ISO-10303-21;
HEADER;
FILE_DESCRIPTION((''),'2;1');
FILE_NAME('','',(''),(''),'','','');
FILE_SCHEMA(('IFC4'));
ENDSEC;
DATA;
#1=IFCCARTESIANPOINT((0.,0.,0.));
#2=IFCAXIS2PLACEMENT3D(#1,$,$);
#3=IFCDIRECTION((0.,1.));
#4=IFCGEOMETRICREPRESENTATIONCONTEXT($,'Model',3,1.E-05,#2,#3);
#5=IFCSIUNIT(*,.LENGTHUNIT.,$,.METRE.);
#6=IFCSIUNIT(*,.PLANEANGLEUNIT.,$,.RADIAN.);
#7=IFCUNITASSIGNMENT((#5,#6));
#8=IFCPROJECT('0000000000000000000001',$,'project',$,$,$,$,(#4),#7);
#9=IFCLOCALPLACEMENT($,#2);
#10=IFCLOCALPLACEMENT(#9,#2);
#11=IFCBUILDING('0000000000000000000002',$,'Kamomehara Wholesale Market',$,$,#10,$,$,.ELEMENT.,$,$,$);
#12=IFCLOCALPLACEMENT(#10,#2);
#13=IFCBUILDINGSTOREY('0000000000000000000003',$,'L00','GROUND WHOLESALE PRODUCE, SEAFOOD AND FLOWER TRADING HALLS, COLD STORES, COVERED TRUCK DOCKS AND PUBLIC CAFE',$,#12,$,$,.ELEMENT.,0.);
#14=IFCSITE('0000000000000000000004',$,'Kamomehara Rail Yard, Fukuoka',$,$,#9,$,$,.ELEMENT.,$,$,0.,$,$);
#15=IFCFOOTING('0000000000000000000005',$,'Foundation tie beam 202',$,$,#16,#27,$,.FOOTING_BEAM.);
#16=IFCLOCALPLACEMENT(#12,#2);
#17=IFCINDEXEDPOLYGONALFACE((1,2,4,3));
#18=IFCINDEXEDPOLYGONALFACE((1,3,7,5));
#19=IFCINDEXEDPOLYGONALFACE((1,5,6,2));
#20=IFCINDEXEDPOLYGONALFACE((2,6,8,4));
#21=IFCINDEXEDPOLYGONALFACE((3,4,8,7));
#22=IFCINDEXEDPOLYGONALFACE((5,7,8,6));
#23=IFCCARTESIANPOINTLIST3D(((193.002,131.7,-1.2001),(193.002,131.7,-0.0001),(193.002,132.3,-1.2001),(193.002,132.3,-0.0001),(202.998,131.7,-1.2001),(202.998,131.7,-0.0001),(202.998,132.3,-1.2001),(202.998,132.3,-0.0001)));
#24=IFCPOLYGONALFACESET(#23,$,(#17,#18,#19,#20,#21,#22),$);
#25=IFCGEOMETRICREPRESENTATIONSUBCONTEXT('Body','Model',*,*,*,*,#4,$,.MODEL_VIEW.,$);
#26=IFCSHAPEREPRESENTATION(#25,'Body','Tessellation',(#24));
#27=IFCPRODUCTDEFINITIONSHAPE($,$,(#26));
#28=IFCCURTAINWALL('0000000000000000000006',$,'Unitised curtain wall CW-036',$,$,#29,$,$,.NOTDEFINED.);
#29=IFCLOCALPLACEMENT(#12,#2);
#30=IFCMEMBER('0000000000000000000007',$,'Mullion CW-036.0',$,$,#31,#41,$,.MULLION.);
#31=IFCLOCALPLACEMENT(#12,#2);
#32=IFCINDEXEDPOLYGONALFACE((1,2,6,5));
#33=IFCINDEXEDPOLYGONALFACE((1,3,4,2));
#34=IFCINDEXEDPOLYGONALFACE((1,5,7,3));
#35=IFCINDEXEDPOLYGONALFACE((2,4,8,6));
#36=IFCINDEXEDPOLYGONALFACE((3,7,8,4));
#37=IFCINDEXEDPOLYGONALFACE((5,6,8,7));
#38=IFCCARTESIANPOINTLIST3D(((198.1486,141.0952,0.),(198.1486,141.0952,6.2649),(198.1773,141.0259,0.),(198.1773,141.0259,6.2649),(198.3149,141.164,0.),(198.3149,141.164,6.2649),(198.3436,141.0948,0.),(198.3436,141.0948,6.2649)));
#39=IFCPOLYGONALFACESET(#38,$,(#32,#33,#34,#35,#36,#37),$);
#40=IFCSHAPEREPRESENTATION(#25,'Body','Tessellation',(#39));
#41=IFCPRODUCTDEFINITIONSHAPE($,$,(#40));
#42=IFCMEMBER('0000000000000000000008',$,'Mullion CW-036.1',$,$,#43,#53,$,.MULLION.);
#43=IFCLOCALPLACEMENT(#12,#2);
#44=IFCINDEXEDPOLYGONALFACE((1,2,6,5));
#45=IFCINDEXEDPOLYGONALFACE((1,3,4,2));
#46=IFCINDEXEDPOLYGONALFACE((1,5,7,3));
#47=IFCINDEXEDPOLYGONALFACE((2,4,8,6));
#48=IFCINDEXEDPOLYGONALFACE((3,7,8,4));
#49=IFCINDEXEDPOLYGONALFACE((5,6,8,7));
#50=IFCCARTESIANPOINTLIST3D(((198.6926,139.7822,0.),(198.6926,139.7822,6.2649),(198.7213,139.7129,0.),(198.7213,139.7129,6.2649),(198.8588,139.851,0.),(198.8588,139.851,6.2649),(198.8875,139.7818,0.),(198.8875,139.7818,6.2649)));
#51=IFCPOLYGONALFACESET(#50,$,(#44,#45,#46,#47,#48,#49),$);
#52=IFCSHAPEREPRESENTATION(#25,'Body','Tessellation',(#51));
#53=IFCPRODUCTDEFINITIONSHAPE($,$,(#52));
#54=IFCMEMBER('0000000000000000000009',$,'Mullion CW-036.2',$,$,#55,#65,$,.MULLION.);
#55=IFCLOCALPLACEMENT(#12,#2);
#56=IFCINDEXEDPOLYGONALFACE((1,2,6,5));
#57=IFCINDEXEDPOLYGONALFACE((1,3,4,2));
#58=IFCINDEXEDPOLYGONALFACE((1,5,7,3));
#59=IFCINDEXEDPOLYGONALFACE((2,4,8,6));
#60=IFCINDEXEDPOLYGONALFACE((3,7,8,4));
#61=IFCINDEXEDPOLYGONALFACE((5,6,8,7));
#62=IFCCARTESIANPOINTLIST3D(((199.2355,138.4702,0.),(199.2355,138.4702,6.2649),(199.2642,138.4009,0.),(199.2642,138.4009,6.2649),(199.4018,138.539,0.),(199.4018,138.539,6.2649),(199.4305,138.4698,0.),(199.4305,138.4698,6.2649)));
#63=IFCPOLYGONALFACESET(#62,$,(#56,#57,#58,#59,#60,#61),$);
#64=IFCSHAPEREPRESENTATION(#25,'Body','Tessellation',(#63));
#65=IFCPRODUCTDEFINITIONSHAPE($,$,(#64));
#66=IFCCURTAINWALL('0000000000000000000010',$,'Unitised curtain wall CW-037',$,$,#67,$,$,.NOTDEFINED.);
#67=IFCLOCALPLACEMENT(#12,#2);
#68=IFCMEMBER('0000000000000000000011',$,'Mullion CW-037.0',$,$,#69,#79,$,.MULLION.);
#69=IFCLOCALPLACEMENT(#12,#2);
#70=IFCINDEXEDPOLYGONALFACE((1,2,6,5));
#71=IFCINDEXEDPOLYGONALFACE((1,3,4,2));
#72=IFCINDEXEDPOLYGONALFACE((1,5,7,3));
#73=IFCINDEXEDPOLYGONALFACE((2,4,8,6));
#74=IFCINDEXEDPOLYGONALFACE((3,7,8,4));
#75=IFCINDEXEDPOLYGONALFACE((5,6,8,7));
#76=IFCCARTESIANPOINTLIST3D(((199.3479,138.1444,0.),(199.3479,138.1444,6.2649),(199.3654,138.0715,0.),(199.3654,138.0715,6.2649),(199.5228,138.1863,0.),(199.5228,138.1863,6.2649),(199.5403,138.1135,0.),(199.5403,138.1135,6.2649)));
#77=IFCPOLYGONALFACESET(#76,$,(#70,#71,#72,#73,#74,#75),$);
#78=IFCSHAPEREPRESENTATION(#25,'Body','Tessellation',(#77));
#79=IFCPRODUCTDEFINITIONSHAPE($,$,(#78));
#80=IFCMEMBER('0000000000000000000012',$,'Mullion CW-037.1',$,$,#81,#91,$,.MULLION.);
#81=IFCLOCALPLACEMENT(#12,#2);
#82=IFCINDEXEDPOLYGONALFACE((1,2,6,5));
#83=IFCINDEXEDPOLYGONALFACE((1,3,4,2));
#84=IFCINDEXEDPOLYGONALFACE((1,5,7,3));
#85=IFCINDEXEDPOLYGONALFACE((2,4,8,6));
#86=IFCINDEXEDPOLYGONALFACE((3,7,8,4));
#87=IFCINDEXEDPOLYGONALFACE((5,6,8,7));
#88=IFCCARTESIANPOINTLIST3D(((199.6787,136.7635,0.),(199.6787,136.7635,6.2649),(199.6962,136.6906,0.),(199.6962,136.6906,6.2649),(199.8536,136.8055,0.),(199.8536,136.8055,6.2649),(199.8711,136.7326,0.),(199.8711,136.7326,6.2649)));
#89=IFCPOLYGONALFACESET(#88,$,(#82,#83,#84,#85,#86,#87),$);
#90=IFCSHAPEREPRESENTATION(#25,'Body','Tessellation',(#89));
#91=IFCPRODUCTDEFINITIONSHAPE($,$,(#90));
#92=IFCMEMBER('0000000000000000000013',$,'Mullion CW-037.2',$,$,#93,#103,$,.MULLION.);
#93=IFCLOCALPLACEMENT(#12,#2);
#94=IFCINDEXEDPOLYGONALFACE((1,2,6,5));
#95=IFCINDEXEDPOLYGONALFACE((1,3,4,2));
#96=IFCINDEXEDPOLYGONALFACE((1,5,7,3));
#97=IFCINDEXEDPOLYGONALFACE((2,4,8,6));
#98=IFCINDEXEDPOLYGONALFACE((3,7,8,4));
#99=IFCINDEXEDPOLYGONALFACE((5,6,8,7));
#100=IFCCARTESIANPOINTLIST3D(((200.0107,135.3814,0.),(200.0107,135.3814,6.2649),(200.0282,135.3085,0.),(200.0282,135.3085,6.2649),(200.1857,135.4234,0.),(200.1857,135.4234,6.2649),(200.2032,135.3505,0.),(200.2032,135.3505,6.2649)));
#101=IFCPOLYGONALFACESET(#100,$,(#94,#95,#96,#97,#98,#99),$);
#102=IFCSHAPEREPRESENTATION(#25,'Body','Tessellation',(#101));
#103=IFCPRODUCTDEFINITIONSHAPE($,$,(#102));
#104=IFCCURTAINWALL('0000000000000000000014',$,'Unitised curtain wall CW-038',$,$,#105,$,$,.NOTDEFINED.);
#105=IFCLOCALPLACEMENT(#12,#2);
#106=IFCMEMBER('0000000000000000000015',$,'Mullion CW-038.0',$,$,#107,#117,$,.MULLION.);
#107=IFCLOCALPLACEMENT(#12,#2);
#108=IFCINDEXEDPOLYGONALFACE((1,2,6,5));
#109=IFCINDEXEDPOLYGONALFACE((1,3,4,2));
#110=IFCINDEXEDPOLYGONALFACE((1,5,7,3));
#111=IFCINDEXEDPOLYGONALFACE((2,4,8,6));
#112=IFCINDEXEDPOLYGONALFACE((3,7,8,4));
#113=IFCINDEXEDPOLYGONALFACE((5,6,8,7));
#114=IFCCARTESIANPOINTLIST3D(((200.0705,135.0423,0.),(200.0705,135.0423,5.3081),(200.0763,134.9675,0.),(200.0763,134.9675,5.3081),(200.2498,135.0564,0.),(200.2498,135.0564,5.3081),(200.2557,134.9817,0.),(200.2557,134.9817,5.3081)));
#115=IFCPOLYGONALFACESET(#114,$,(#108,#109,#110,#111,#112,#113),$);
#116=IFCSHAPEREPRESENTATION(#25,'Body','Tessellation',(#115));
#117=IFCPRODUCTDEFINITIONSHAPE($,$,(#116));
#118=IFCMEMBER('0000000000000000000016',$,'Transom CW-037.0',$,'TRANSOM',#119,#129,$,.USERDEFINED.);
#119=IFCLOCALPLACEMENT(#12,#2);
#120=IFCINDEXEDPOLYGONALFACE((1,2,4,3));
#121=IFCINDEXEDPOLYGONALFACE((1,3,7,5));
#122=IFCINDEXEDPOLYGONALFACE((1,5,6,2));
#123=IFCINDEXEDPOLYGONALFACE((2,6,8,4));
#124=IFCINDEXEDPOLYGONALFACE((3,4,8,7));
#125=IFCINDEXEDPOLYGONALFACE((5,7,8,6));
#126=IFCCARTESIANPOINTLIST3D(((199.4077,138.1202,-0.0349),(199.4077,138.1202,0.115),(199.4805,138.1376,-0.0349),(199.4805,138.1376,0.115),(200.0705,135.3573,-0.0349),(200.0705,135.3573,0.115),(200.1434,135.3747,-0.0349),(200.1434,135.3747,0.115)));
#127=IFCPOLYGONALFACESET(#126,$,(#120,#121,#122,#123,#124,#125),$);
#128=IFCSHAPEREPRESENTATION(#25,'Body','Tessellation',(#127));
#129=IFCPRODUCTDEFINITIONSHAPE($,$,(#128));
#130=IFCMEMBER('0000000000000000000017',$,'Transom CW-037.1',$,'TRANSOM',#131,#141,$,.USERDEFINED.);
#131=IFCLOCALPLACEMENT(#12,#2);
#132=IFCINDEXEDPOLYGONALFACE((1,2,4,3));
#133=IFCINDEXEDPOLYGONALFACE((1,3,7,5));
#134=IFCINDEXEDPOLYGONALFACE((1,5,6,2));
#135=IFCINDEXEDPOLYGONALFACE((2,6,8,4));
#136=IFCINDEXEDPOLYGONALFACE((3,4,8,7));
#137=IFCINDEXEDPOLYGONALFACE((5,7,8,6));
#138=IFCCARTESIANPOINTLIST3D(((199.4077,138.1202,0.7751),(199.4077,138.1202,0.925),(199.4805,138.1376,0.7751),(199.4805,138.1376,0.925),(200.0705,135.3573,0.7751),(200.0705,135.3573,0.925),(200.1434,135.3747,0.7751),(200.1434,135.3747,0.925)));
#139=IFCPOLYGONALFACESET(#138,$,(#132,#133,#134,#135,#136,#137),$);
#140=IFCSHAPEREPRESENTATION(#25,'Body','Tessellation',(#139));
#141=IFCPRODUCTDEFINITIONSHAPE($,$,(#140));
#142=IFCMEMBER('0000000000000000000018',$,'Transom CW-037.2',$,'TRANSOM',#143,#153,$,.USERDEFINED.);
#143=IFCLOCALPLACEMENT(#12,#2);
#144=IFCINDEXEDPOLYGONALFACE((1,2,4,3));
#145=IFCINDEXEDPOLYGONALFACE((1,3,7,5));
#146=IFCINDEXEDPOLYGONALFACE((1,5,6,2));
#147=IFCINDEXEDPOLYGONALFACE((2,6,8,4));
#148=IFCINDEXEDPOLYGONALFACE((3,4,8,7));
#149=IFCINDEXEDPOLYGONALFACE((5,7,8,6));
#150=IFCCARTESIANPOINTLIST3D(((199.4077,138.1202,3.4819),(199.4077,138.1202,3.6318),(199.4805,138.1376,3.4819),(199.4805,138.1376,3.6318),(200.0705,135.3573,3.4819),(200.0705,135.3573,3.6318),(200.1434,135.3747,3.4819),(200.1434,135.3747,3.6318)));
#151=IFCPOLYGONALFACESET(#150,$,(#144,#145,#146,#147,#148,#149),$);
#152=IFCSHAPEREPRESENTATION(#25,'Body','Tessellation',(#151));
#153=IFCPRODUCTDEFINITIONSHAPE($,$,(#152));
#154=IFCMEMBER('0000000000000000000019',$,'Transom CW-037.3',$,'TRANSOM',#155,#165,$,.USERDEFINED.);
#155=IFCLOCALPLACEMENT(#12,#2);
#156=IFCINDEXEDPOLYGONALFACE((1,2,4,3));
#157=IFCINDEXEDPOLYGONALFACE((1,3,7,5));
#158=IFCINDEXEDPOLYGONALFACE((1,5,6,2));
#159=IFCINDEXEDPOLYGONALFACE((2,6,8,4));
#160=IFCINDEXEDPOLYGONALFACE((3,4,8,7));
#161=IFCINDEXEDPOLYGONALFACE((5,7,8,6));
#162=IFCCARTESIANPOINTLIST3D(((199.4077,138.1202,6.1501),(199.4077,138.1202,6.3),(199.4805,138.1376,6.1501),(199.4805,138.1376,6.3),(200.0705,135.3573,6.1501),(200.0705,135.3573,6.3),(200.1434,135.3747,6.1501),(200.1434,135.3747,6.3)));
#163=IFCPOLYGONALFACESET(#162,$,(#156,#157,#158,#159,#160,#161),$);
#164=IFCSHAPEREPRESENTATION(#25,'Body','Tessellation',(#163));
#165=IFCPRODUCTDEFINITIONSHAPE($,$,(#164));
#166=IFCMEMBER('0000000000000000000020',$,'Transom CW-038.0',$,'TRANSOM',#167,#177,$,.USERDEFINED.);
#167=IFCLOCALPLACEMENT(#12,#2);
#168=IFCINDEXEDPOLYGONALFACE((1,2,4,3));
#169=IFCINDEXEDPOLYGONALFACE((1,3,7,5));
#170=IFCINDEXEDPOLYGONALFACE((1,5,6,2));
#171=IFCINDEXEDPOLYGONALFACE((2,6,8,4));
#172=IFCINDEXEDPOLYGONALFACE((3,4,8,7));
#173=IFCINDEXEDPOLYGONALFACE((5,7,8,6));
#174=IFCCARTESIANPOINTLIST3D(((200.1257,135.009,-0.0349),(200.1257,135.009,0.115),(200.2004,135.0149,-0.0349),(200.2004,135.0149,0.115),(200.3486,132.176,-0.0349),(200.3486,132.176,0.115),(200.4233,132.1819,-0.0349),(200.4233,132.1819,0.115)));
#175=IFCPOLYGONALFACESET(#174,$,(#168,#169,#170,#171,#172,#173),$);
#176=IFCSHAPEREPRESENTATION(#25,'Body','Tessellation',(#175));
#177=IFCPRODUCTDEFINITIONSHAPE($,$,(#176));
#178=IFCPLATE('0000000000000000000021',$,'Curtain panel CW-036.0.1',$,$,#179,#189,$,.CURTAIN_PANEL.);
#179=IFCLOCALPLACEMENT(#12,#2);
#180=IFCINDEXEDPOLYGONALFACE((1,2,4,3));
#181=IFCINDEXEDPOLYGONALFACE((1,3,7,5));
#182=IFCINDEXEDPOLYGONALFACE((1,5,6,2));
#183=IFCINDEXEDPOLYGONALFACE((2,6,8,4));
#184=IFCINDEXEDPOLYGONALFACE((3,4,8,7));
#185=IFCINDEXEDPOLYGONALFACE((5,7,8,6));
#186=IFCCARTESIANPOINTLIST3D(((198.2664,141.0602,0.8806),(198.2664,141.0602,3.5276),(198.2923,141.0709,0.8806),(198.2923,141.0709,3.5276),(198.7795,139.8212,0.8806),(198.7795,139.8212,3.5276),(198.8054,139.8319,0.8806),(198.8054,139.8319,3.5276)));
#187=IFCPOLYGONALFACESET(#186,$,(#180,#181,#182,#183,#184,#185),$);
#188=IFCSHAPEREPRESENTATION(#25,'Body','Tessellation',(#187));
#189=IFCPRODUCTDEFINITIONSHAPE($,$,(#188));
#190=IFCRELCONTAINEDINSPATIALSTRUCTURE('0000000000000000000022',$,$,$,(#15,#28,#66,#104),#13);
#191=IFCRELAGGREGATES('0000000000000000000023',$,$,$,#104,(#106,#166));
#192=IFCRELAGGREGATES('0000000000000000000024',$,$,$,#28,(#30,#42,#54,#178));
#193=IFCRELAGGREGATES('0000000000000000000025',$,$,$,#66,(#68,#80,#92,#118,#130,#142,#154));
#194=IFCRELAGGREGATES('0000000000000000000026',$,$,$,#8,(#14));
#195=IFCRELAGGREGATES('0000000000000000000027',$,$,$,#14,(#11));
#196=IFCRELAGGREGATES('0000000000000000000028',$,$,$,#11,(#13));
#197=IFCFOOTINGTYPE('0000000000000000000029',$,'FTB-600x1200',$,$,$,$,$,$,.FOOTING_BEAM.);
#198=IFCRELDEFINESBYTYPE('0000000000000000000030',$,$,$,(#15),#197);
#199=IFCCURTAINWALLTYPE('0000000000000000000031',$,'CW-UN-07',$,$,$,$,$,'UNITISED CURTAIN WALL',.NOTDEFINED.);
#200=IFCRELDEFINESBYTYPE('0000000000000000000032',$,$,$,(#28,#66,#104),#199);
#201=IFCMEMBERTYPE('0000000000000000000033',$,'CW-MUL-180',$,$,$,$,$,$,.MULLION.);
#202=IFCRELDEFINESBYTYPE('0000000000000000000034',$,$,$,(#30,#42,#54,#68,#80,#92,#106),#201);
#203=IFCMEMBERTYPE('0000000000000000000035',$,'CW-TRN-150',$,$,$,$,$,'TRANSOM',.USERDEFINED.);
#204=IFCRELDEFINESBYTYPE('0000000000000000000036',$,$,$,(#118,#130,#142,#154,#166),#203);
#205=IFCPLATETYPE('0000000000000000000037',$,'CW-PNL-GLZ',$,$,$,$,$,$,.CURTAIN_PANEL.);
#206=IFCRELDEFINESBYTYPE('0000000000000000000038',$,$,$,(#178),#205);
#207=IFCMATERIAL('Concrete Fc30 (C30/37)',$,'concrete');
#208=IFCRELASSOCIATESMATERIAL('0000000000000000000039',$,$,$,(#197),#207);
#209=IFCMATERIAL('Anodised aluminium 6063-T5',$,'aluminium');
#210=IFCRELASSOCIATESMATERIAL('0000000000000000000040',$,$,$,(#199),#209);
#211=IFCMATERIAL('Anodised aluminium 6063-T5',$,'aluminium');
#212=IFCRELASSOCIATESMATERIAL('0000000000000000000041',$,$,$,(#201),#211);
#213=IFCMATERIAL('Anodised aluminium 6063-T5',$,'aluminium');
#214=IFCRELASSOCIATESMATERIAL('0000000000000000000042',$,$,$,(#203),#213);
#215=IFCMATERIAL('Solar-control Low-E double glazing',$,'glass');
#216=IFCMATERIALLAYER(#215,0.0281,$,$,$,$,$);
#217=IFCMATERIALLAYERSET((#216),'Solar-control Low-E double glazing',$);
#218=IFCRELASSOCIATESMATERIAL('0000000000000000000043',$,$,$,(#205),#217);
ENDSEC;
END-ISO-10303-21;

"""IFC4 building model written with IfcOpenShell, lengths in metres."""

from ifc_helpers import new_model, si_unit, direction, frame, origin, origin_2d, place, context, subcontext, project, spatial, rectangle, extrude, material, layer, layer_set, material_profile, profile_set, type_object, element, aggregate, save


model = new_model("IFC4")

# Units and contexts
model_context = context("Model", 3, precision=1e-05, world=origin(), true_north=direction((0.0, 1.0)))
body_context = subcontext(model_context, "Body", "Model", "MODEL_VIEW")
ifc_project = project(units=[si_unit("LENGTHUNIT", "METRE"), si_unit("PLANEANGLEUNIT", "RADIAN")], contexts=[model_context])

# Site, building, storey
site_placement = place(None, origin())
site = spatial("IfcSite", under=ifc_project, at=site_placement, Name="Kamomehara Rail Yard, Fukuoka", CompositionType="ELEMENT", RefElevation=0.0)
building_placement = place(site_placement, origin())
building = spatial("IfcBuilding", under=site, at=building_placement, Name="Kamomehara Wholesale Market", CompositionType="ELEMENT")
storey_placement = place(building_placement, origin())
storey = spatial("IfcBuildingStorey", under=building, at=storey_placement, Name="L00", Description="GROUND WHOLESALE PRODUCE, SEAFOOD AND FLOWER TRADING HALLS, COLD STORES, COVERED TRUCK DOCKS AND PUBLIC CAFE", CompositionType="ELEMENT", Elevation=0.0)

# Footing
ifc_material_1 = material(Name="Concrete Fc30 (C30/37)", Category="concrete")
ifc_material_profile_1 = material_profile(ifc_material_1, rectangle(XDim=0.6001, YDim=1.2, at=origin_2d()), Name="RC-FTB-600x1200")
ifc_profile_set_1 = profile_set([ifc_material_profile_1], Name="Concrete Fc30 (C30/37)")
footing_type = type_object("IfcFootingType", Name="FTB-600x1200", PredefinedType="FOOTING_BEAM", material=ifc_profile_set_1)
footing_placement = place(storey_placement, frame((193.002, 132.0, -0.6001), z_axis=(1.0, 0.0, 0.0), x_axis=(0.0, 1.0, 0.0)))
element("IfcFooting", 1, at=footing_placement, inside=storey, type_object=footing_type, Name="Foundation tie beam 202", PredefinedType="FOOTING_BEAM", context=body_context, shape_type="SweptSolid", body=[
    extrude(rectangle(XDim=0.6001, YDim=1.2, at=origin_2d()), origin(), (0.0, 0.0, 1.0), 9.9961),
])

# Curtain walls, members
ifc_material_2 = material(Name="Anodised aluminium 6063-T5", Category="aluminium")
curtain_wall_type = type_object("IfcCurtainWallType", Name="CW-UN-07", ElementType="UNITISED CURTAIN WALL", PredefinedType="NOTDEFINED", material=ifc_material_2)
curtain_wall_1_placement = place(storey_placement, origin())
curtain_wall_1 = element("IfcCurtainWall", 2, at=curtain_wall_1_placement, inside=storey, type_object=curtain_wall_type, Name="Unitised curtain wall CW-036", PredefinedType="NOTDEFINED")
ifc_material_3 = material(Name="Anodised aluminium 6063-T5", Category="aluminium")
ifc_material_profile_2 = material_profile(ifc_material_3, rectangle(XDim=0.075, YDim=0.1799, at=origin_2d()), Name="ALU-MUL-75x180")
ifc_profile_set_2 = profile_set([ifc_material_profile_2], Name="Anodised aluminium 6063-T5")
member_type_1 = type_object("IfcMemberType", Name="CW-MUL-180", PredefinedType="MULLION", material=ifc_profile_set_2)
member_1_placement = place(storey_placement, frame((198.2461, 141.095, 0.0), z_axis=(0.0, 0.0, 1.0), x_axis=(0.38259, -0.923918, 0.0)))
member_1 = element("IfcMember", 3, at=member_1_placement, type_object=member_type_1, Name="Mullion CW-036.0", PredefinedType="MULLION", context=body_context, shape_type="SweptSolid", body=[
    extrude(rectangle(XDim=0.075, YDim=0.1799, at=origin_2d()), origin(), (0.0, 0.0, 1.0), 6.2649),
])
member_2_placement = place(storey_placement, frame((198.79, 139.782, 0.0), z_axis=(0.0, 0.0, 1.0), x_axis=(0.38259, -0.923918, 0.0)))
member_2 = element("IfcMember", 4, at=member_2_placement, type_object=member_type_1, Name="Mullion CW-036.1", PredefinedType="MULLION", context=body_context, shape_type="SweptSolid", body=[
    extrude(rectangle(XDim=0.075, YDim=0.1799, at=origin_2d()), origin(), (0.0, 0.0, 1.0), 6.2649),
])
member_3_placement = place(storey_placement, frame((199.333, 138.47, 0.0), z_axis=(0.0, 0.0, 1.0), x_axis=(0.38259, -0.923918, 0.0)))
member_3 = element("IfcMember", 5, at=member_3_placement, type_object=member_type_1, Name="Mullion CW-036.2", PredefinedType="MULLION", context=body_context, shape_type="SweptSolid", body=[
    extrude(rectangle(XDim=0.075, YDim=0.1799, at=origin_2d()), origin(), (0.0, 0.0, 1.0), 6.2649),
])
curtain_wall_2_placement = place(storey_placement, origin())
curtain_wall_2 = element("IfcCurtainWall", 6, at=curtain_wall_2_placement, inside=storey, type_object=curtain_wall_type, Name="Unitised curtain wall CW-037", PredefinedType="NOTDEFINED")
member_4_placement = place(storey_placement, frame((199.4441, 138.1289, 0.0), z_axis=(0.0, 0.0, 1.0), x_axis=(0.233333, -0.972397, 0.0)))
member_4 = element("IfcMember", 7, at=member_4_placement, type_object=member_type_1, Name="Mullion CW-037.0", PredefinedType="MULLION", context=body_context, shape_type="SweptSolid", body=[
    extrude(rectangle(XDim=0.075, YDim=0.1799, at=origin_2d()), origin(), (0.0, 0.0, 1.0), 6.2649),
])
member_5_placement = place(storey_placement, frame((199.7749, 136.748, 0.0), z_axis=(0.0, 0.0, 1.0), x_axis=(0.233333, -0.972397, 0.0)))
member_5 = element("IfcMember", 8, at=member_5_placement, type_object=member_type_1, Name="Mullion CW-037.1", PredefinedType="MULLION", context=body_context, shape_type="SweptSolid", body=[
    extrude(rectangle(XDim=0.075, YDim=0.1799, at=origin_2d()), origin(), (0.0, 0.0, 1.0), 6.2649),
])
member_6_placement = place(storey_placement, frame((200.1069, 135.366, 0.0), z_axis=(0.0, 0.0, 1.0), x_axis=(0.233333, -0.972397, 0.0)))
member_6 = element("IfcMember", 9, at=member_6_placement, type_object=member_type_1, Name="Mullion CW-037.2", PredefinedType="MULLION", context=body_context, shape_type="SweptSolid", body=[
    extrude(rectangle(XDim=0.075, YDim=0.1799, at=origin_2d()), origin(), (0.0, 0.0, 1.0), 6.2649),
])

# Curtain wall, member
curtain_wall_3_placement = place(storey_placement, origin())
curtain_wall_3 = element("IfcCurtainWall", 10, at=curtain_wall_3_placement, inside=storey, type_object=curtain_wall_type, Name="Unitised curtain wall CW-038", PredefinedType="NOTDEFINED")
member_7_placement = place(storey_placement, frame((200.1631, 135.012, 0.0), z_axis=(0.0, 0.0, 1.0), x_axis=(0.078473, -0.996916, 0.0)))
member_7 = element("IfcMember", 11, at=member_7_placement, type_object=member_type_1, Name="Mullion CW-038.0", PredefinedType="MULLION", context=body_context, shape_type="SweptSolid", body=[
    extrude(rectangle(XDim=0.075, YDim=0.1799, at=origin_2d()), origin(), (0.0, 0.0, 1.0), 5.3081),
])

# Members
ifc_material_4 = material(Name="Anodised aluminium 6063-T5", Category="aluminium")
ifc_material_profile_3 = material_profile(ifc_material_4, rectangle(XDim=0.075, YDim=0.1499, at=origin_2d()), Name="ALU-TRN-75x150")
ifc_profile_set_3 = profile_set([ifc_material_profile_3], Name="Anodised aluminium 6063-T5")
member_type_2 = type_object("IfcMemberType", Name="CW-TRN-150", ElementType="TRANSOM", PredefinedType="USERDEFINED", material=ifc_profile_set_3)
member_8_placement = place(storey_placement, frame((199.4441, 138.1289, 0.04), z_axis=(0.233285, -0.972408, 0.0), x_axis=(0.972408, 0.233285, 0.0)))
member_8 = element("IfcMember", 12, at=member_8_placement, type_object=member_type_2, Name="Transom CW-037.0", ObjectType="TRANSOM", PredefinedType="USERDEFINED", context=body_context, shape_type="SweptSolid", body=[
    extrude(rectangle(XDim=0.075, YDim=0.1499, at=origin_2d()), origin(), (0.0, 0.0, 1.0), 2.8413),
])
member_9_placement = place(storey_placement, frame((199.4441, 138.1289, 0.8501), z_axis=(0.233285, -0.972408, 0.0), x_axis=(0.972408, 0.233285, 0.0)))
member_9 = element("IfcMember", 13, at=member_9_placement, type_object=member_type_2, Name="Transom CW-037.1", ObjectType="TRANSOM", PredefinedType="USERDEFINED", context=body_context, shape_type="SweptSolid", body=[
    extrude(rectangle(XDim=0.075, YDim=0.1499, at=origin_2d()), origin(), (0.0, 0.0, 1.0), 2.8413),
])
member_10_placement = place(storey_placement, frame((199.4441, 138.1289, 3.5569), z_axis=(0.233285, -0.972408, 0.0), x_axis=(0.972408, 0.233285, 0.0)))
member_10 = element("IfcMember", 14, at=member_10_placement, type_object=member_type_2, Name="Transom CW-037.2", ObjectType="TRANSOM", PredefinedType="USERDEFINED", context=body_context, shape_type="SweptSolid", body=[
    extrude(rectangle(XDim=0.075, YDim=0.1499, at=origin_2d()), origin(), (0.0, 0.0, 1.0), 2.8413),
])
member_11_placement = place(storey_placement, frame((199.4441, 138.1289, 6.2251), z_axis=(0.233285, -0.972408, 0.0), x_axis=(0.972408, 0.233285, 0.0)))
member_11 = element("IfcMember", 15, at=member_11_placement, type_object=member_type_2, Name="Transom CW-037.3", ObjectType="TRANSOM", PredefinedType="USERDEFINED", context=body_context, shape_type="SweptSolid", body=[
    extrude(rectangle(XDim=0.075, YDim=0.1499, at=origin_2d()), origin(), (0.0, 0.0, 1.0), 2.8413),
])
member_12_placement = place(storey_placement, frame((200.1631, 135.012, 0.04), z_axis=(0.078437, -0.996919, 0.0), x_axis=(0.996919, 0.078437, 0.0)))
member_12 = element("IfcMember", 16, at=member_12_placement, type_object=member_type_2, Name="Transom CW-038.0", ObjectType="TRANSOM", PredefinedType="USERDEFINED", context=body_context, shape_type="SweptSolid", body=[
    extrude(rectangle(XDim=0.075, YDim=0.1499, at=origin_2d()), origin(), (0.0, 0.0, 1.0), 2.8418),
])
aggregate(curtain_wall_3, [member_7, member_12])

# Plate
ifc_material_5 = material(Name="Solar-control Low-E double glazing", Category="glass")
ifc_layer_1 = layer(ifc_material_5, 0.0281)
ifc_layer_set_1 = layer_set([ifc_layer_1], Name="Solar-control Low-E double glazing")
plate_type_1 = type_object("IfcPlateType", Name="CW-PNL-GLZ", PredefinedType="CURTAIN_PANEL", material=ifc_layer_set_1)
plate_1_placement = place(storey_placement, frame((198.5359, 140.446, 0.8806), z_axis=(0.0, 0.0, 1.0), x_axis=(0.382587, -0.92392, 0.0)))
plate_1 = element("IfcPlate", 17, at=plate_1_placement, type_object=plate_type_1, Name="Curtain panel CW-036.0.1", PredefinedType="CURTAIN_PANEL", context=body_context, shape_type="SweptSolid", body=[
    extrude(rectangle(XDim=1.3411, YDim=0.0281, at=origin_2d()), origin(), (0.0, 0.0, 1.0), 2.647),
])
aggregate(curtain_wall_1, [member_1, member_2, member_3, plate_1])
aggregate(curtain_wall_2, [member_4, member_5, member_6, member_8, member_9, member_10, member_11])

save(model, "model.ifc")
